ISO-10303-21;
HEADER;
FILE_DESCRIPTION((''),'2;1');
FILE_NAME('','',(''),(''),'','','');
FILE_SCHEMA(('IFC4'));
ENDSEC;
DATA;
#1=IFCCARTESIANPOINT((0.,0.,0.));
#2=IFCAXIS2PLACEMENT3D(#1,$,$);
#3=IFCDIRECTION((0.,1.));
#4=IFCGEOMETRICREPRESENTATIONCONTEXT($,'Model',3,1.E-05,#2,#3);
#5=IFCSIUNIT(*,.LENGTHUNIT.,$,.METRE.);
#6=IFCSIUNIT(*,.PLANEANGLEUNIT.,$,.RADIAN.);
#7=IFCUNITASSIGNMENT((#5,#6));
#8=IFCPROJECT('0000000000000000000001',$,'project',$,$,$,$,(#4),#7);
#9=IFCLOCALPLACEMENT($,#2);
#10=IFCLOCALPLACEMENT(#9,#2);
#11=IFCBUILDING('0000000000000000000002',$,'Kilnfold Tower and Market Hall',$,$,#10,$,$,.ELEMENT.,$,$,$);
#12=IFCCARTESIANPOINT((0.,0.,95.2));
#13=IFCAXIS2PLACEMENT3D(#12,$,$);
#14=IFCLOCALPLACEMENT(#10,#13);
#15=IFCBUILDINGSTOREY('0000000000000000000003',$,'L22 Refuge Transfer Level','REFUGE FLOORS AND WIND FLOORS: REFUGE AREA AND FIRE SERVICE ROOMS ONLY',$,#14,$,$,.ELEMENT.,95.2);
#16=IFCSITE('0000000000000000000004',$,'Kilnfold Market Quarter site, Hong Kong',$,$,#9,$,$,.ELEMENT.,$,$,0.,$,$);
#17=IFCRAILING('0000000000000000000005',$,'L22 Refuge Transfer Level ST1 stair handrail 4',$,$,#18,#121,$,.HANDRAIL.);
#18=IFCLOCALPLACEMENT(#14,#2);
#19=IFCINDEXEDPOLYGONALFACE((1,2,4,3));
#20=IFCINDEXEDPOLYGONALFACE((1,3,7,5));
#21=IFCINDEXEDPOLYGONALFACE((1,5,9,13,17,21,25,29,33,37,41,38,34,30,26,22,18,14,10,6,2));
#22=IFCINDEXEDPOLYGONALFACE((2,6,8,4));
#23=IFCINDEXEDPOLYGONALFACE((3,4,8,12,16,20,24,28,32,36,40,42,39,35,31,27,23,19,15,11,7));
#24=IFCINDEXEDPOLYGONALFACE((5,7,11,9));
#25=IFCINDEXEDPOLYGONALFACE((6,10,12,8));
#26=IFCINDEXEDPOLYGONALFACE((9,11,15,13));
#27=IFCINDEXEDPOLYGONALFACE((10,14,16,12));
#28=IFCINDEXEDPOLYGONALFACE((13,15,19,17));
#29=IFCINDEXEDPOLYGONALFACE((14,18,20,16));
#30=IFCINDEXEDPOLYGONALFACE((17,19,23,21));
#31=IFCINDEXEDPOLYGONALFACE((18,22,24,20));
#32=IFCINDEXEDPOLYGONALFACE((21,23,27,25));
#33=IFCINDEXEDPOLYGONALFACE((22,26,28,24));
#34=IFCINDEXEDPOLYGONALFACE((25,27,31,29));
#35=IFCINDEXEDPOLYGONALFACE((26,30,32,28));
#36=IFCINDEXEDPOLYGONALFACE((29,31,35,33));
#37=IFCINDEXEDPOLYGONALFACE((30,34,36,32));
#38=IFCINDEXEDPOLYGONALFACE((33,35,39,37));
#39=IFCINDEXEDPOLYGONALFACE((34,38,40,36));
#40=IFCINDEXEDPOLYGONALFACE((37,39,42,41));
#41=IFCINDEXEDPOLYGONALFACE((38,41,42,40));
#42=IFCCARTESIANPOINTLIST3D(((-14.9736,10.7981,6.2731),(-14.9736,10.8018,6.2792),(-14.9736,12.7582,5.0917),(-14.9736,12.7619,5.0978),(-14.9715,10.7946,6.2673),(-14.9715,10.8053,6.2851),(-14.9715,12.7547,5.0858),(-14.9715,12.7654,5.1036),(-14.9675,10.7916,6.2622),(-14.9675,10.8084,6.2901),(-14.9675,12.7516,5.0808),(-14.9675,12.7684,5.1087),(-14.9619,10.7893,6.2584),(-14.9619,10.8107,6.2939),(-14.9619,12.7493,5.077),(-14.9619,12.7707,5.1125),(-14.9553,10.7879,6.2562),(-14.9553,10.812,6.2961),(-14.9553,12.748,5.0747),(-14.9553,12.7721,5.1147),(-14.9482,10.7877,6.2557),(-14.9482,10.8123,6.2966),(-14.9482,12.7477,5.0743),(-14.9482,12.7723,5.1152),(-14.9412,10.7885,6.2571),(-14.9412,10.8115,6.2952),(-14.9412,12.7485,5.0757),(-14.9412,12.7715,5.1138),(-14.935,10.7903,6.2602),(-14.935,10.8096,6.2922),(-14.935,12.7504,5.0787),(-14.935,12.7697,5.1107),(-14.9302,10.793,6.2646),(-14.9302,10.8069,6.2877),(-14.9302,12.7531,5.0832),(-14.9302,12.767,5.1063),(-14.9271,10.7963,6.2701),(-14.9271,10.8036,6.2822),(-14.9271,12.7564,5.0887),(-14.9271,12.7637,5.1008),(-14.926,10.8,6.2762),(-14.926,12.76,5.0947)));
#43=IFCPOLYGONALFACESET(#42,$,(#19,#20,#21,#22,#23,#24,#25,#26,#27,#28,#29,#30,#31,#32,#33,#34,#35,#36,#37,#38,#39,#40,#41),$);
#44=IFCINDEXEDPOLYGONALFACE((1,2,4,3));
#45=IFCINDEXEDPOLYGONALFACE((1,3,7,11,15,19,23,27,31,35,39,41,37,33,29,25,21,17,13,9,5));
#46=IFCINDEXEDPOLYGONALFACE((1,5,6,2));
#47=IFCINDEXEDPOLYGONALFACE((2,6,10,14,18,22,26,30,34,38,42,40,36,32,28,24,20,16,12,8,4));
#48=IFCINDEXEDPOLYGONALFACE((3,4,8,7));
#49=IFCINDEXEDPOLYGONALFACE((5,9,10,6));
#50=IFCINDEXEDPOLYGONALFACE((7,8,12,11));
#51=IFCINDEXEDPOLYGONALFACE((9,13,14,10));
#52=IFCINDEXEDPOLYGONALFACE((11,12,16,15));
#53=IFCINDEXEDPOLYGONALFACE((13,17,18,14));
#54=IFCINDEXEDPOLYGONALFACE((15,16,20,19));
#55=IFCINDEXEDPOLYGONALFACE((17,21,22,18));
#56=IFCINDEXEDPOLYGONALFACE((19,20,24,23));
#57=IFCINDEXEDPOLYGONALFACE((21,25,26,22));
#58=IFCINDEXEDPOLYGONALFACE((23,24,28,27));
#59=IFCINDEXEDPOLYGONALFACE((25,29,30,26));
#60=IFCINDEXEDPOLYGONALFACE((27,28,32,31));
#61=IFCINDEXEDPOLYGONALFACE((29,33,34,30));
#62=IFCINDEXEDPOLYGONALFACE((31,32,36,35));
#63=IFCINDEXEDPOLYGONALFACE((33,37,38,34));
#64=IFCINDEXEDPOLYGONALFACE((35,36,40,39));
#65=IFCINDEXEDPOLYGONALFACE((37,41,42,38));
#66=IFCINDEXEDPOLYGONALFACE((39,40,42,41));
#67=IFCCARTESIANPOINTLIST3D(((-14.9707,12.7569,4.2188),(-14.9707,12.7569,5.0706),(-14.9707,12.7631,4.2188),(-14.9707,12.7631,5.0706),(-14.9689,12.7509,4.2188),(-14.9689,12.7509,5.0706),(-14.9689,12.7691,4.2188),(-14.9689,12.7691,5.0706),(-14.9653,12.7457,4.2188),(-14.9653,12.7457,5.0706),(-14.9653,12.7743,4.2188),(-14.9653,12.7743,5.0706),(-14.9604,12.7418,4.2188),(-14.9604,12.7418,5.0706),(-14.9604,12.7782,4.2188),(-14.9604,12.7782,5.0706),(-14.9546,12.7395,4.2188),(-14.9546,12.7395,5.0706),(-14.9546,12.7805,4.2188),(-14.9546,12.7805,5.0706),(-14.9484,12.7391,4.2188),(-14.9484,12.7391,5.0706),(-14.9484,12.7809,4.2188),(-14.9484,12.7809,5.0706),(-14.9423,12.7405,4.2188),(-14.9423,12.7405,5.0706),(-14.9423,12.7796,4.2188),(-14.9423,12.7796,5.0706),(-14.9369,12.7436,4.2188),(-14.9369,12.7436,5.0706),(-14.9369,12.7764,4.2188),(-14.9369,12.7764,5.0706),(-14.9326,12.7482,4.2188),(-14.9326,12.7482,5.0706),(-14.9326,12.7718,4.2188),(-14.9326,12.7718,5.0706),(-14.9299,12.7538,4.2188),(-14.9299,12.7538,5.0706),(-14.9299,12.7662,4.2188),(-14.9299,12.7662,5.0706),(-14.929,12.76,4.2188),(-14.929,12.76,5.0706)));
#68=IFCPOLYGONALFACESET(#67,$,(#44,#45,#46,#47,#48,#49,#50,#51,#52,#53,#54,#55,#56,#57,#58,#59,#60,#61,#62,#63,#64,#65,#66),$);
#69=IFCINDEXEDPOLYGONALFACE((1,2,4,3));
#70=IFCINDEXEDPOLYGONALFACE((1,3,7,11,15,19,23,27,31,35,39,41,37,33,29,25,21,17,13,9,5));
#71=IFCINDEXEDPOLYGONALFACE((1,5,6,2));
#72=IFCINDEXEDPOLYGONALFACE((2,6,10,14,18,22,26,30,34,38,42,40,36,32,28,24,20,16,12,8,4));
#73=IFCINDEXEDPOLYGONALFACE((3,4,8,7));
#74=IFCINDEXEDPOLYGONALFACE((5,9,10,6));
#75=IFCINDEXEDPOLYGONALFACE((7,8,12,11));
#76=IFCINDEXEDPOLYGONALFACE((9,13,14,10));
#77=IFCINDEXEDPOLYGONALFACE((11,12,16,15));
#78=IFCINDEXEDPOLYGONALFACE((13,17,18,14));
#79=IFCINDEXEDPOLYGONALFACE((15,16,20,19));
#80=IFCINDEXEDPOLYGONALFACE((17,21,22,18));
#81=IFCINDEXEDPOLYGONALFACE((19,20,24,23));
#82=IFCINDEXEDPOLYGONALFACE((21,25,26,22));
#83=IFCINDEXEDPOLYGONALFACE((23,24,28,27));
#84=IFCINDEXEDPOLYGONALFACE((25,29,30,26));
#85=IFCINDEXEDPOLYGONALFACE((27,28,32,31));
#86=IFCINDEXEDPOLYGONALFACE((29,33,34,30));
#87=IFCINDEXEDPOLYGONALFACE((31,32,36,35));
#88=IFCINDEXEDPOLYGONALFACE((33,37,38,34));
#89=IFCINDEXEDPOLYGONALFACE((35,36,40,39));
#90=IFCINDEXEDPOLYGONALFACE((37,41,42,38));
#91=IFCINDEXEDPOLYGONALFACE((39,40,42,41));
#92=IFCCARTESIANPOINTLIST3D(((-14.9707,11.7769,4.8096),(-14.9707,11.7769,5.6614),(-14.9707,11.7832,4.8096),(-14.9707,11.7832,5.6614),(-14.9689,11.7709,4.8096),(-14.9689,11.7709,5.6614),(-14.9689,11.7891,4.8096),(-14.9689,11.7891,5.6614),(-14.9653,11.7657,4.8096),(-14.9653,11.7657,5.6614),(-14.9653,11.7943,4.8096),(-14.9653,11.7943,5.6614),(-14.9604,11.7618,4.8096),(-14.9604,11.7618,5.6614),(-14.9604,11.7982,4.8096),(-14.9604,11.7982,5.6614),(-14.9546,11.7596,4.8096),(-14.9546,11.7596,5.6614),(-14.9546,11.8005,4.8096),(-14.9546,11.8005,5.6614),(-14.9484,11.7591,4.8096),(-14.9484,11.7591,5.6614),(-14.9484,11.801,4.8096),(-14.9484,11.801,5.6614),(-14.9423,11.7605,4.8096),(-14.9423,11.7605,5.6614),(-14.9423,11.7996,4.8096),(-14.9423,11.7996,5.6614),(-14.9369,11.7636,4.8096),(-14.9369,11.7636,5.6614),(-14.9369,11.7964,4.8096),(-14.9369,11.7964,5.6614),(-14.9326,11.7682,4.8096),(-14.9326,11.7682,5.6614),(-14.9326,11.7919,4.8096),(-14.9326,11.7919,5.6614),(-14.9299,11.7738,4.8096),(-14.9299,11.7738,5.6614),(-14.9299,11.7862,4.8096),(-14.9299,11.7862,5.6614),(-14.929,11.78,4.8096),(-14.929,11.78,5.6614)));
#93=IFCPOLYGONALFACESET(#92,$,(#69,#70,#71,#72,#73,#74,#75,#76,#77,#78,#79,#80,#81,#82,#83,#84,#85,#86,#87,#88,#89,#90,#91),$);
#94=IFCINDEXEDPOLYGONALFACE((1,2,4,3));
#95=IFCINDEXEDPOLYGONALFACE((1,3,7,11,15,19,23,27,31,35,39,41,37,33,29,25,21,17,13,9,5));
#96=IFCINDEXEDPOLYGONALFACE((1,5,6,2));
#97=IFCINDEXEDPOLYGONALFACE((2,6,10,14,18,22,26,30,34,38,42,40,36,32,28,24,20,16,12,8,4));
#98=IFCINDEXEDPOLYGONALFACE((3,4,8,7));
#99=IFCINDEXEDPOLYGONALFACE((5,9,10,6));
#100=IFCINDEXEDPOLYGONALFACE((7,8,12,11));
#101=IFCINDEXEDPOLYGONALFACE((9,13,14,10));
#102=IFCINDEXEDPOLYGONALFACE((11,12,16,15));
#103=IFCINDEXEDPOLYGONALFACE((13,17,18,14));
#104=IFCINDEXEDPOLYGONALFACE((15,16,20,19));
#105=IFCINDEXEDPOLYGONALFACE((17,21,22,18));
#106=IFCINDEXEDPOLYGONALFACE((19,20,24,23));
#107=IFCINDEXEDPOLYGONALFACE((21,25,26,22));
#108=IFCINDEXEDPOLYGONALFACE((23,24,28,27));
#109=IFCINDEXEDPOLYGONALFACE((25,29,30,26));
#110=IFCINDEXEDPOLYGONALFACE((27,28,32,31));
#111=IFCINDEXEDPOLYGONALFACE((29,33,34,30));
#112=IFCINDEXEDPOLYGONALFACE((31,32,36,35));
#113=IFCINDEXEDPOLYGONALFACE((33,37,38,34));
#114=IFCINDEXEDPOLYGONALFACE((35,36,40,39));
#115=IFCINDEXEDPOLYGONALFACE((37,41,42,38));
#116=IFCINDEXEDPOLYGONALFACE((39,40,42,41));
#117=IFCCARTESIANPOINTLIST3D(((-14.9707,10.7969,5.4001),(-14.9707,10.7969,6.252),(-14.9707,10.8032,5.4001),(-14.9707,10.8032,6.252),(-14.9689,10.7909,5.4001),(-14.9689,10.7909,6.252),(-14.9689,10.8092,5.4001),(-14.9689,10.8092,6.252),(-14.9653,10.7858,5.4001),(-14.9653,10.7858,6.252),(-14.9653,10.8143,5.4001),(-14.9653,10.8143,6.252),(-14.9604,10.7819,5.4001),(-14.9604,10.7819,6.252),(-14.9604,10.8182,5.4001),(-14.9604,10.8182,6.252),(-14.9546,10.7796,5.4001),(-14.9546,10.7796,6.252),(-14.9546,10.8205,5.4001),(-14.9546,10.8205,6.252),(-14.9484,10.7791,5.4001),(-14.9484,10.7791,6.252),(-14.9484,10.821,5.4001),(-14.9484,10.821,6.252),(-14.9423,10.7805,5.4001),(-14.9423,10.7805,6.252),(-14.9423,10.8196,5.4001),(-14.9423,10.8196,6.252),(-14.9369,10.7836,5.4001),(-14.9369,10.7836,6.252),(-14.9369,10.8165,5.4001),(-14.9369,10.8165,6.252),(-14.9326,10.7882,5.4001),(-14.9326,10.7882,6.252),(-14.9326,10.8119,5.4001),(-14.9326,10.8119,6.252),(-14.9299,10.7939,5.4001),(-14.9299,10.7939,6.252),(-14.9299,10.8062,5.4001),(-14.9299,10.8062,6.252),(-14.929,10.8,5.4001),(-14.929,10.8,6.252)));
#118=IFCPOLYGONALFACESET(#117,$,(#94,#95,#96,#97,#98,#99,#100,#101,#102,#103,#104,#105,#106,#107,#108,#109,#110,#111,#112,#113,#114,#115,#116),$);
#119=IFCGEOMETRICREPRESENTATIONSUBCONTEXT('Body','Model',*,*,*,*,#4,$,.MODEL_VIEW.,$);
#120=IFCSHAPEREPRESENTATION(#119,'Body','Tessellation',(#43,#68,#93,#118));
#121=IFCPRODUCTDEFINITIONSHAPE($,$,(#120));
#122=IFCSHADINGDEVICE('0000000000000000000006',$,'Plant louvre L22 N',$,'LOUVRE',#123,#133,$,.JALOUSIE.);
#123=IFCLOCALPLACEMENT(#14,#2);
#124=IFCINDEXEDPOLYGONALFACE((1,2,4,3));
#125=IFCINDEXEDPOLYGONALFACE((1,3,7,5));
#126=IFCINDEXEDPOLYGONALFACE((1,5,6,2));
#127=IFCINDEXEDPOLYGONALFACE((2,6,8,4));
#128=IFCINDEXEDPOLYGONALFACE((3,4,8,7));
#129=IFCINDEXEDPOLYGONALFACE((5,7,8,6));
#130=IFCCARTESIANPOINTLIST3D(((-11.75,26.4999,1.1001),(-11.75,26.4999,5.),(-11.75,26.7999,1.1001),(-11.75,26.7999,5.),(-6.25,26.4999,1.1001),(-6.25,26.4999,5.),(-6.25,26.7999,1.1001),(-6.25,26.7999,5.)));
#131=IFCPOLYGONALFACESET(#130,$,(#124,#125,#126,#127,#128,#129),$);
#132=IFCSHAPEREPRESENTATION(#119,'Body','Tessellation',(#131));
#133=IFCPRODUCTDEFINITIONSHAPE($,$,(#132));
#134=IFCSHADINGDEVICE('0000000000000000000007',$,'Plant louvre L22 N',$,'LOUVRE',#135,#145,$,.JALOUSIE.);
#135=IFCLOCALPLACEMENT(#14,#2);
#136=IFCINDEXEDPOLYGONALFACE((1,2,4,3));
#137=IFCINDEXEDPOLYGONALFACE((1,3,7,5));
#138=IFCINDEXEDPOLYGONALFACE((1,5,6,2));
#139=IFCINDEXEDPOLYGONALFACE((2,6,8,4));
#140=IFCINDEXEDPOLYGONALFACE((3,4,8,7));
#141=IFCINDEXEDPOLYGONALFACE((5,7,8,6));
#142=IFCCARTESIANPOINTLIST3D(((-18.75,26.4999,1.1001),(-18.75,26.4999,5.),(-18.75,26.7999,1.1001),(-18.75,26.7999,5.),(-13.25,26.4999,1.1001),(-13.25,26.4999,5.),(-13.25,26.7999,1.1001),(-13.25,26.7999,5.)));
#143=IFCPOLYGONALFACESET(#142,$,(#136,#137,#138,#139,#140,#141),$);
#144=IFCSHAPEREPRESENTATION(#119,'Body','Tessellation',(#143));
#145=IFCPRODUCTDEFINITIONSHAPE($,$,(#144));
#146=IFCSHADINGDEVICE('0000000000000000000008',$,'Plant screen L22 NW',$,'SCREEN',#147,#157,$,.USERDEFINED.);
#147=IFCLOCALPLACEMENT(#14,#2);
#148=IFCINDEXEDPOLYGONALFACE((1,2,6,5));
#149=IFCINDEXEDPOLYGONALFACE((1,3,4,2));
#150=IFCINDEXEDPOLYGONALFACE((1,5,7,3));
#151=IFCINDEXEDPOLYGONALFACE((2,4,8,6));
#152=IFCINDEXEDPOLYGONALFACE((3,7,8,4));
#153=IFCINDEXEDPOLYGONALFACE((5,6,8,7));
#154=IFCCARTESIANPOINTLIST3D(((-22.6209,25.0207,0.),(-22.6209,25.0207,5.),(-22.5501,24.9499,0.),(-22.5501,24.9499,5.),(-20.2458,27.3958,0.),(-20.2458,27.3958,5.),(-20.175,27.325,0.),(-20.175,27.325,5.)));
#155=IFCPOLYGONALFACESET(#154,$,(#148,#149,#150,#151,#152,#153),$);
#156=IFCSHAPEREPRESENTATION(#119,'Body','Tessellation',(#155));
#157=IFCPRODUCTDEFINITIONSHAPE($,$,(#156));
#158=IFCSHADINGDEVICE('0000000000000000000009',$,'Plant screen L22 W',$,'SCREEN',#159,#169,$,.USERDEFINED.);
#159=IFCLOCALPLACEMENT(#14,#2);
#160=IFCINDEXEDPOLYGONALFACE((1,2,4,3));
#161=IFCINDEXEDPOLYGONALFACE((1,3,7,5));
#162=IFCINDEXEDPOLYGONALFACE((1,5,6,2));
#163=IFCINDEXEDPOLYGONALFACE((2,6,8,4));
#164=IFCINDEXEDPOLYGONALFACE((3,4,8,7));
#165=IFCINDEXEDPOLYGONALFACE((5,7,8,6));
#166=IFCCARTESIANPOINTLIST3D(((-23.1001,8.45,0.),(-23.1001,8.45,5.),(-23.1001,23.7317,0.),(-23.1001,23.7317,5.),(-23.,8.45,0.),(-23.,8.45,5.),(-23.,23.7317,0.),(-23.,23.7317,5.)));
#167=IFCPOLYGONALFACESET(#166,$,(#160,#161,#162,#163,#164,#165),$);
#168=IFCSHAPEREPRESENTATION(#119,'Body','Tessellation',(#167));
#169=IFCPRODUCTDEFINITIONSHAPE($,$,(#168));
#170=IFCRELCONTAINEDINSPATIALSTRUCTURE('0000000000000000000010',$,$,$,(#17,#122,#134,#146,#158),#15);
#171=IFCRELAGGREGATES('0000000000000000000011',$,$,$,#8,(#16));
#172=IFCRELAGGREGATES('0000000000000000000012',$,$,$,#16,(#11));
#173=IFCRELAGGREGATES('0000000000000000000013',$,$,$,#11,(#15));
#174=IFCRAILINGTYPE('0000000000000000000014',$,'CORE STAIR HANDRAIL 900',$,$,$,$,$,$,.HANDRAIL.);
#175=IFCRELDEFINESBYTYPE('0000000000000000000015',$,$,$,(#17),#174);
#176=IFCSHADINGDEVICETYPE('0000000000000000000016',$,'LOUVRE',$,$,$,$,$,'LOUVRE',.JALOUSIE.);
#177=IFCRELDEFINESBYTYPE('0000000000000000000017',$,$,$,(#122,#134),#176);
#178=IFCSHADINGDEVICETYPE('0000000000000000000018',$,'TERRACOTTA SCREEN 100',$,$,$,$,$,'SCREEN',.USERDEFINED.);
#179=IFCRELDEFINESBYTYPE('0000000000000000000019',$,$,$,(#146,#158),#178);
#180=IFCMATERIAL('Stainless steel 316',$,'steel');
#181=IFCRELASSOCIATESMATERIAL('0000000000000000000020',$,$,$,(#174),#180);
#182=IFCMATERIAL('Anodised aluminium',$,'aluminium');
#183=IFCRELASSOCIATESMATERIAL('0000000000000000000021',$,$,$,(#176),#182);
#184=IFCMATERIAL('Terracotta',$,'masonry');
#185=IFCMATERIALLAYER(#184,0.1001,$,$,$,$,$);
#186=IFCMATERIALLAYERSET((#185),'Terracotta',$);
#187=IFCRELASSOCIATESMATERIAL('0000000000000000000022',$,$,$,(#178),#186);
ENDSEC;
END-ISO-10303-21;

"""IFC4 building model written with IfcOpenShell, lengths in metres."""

from ifc_helpers import new_model, si_unit, direction, frame, origin, origin_2d, place, context, subcontext, project, spatial, rectangle, circle, extrude, source, transform, mapped, material, layer, layer_set, type_object, element, save


model = new_model("IFC4")

# Units and contexts
model_context = context("Model", 3, precision=1e-05, world=origin(), true_north=direction((0.0, 1.0)))
body_context = subcontext(model_context, "Body", "Model", "MODEL_VIEW")
ifc_project = project(units=[si_unit("LENGTHUNIT", "METRE"), si_unit("PLANEANGLEUNIT", "RADIAN")], contexts=[model_context])

# Site, building, storey
site_placement = place(None, origin())
site = spatial("IfcSite", under=ifc_project, at=site_placement, Name="Kilnfold Market Quarter site, Hong Kong", CompositionType="ELEMENT", RefElevation=0.0)
building_placement = place(site_placement, origin())
building = spatial("IfcBuilding", under=site, at=building_placement, Name="Kilnfold Tower and Market Hall", CompositionType="ELEMENT")
storey_placement = place(building_placement, frame((0.0, 0.0, 95.2)))
storey = spatial("IfcBuildingStorey", under=building, at=storey_placement, Name="L22 Refuge Transfer Level", Description="REFUGE FLOORS AND WIND FLOORS: REFUGE AREA AND FIRE SERVICE ROOMS ONLY", CompositionType="ELEMENT", Elevation=95.2)

# Railing
ifc_material_1 = material(Name="Stainless steel 316", Category="steel")
railing_type = type_object("IfcRailingType", Name="CORE STAIR HANDRAIL 900", PredefinedType="HANDRAIL", material=ifc_material_1)
railing_1_placement = place(storey_placement, frame((-14.95, 12.76, 4.2188)))
element("IfcRailing", 1, at=railing_1_placement, inside=storey, type_object=railing_type, Name="L22 Refuge Transfer Level ST1 stair handrail 4", PredefinedType="HANDRAIL", context=body_context, shape_type="SweptSolid", body=[
    extrude(circle(Radius=0.0239, at=origin_2d()), frame((0.0, 0.0, 0.876), z_axis=(0.0, -0.856446, 0.516236), x_axis=(1.0, 0.0, 0.0)), (0.0, 0.0, 1.0), 2.2886),
    extrude(circle(Radius=0.021, at=origin_2d()), origin(), (0.0, 0.0, 1.0), 0.8518),
    extrude(circle(Radius=0.021, at=origin_2d()), frame((0.0, -0.98, 0.5908)), (0.0, 0.0, 1.0), 0.8518),
    extrude(circle(Radius=0.021, at=origin_2d()), frame((0.0, -1.96, 1.1814)), (0.0, 0.0, 1.0), 0.8518),
])

# Shading devices
ifc_material_2 = material(Name="Anodised aluminium", Category="aluminium")
shading_device_type_1 = type_object("IfcShadingDeviceType", Name="LOUVRE", ElementType="LOUVRE", PredefinedType="JALOUSIE", material=ifc_material_2)
shared_shape_1 = source(origin(), body_context, "Body", "SweptSolid", [
    extrude(rectangle(XDim=5.5, YDim=0.3, at=origin_2d()), origin(), (0.0, 0.0, 1.0), 3.8999),
])
for number, where, z_axis, x_axis, name in (
    (2, (-9.0, 26.6499, 1.1001), (0.0, 0.0, 1.0), (-1.0, 0.0, 0.0), "Plant louvre L22 N"),
    (3, (-16.0, 26.6499, 1.1001), (0.0, 0.0, 1.0), (-1.0, 0.0, 0.0), "Plant louvre L22 N"),
):
    element("IfcShadingDevice", number, at=place(storey_placement, frame(where, z_axis=z_axis, x_axis=x_axis)), inside=storey, type_object=shading_device_type_1, Name=name, ObjectType="LOUVRE", PredefinedType="JALOUSIE", context=body_context, shape_type="MappedRepresentation", body=[
        mapped(shared_shape_1, transform((0.0, 0.0, 0.0))),
    ])
ifc_material_3 = material(Name="Terracotta", Category="masonry")
ifc_layer_1 = layer(ifc_material_3, 0.1001)
ifc_layer_set_1 = layer_set([ifc_layer_1], Name="Terracotta")
shading_device_type_2 = type_object("IfcShadingDeviceType", Name="TERRACOTTA SCREEN 100", ElementType="SCREEN", PredefinedType="USERDEFINED", material=ifc_layer_set_1)
shared_shape_2 = source(origin(), body_context, "Body", "SweptSolid", [
    extrude(rectangle(XDim=3.3589, YDim=0.1001, at=origin_2d()), origin(), (0.0, 0.0, 1.0), 5.0),
])
shading_device_1_placement = place(storey_placement, frame((-21.3979, 26.1729, 0.0), z_axis=(0.0, 0.0, 1.0), x_axis=(-0.707107, -0.707107, 0.0)))
element("IfcShadingDevice", 4, at=shading_device_1_placement, inside=storey, type_object=shading_device_type_2, Name="Plant screen L22 NW", ObjectType="SCREEN", PredefinedType="USERDEFINED", context=body_context, shape_type="MappedRepresentation", body=[
    mapped(shared_shape_2, transform((0.0, 0.0, 0.0))),
])
shared_shape_3 = source(origin(), body_context, "Body", "SweptSolid", [
    extrude(rectangle(XDim=15.2817, YDim=0.1001, at=origin_2d()), origin(), (0.0, 0.0, 1.0), 5.0),
])
shading_device_2_placement = place(storey_placement, frame((-23.05, 16.0908, 0.0), z_axis=(0.0, 0.0, 1.0), x_axis=(0.0, -1.0, 0.0)))
element("IfcShadingDevice", 5, at=shading_device_2_placement, inside=storey, type_object=shading_device_type_2, Name="Plant screen L22 W", ObjectType="SCREEN", PredefinedType="USERDEFINED", context=body_context, shape_type="MappedRepresentation", body=[
    mapped(shared_shape_3, transform((0.0, 0.0, 0.0))),
])

save(model, "model.ifc")
